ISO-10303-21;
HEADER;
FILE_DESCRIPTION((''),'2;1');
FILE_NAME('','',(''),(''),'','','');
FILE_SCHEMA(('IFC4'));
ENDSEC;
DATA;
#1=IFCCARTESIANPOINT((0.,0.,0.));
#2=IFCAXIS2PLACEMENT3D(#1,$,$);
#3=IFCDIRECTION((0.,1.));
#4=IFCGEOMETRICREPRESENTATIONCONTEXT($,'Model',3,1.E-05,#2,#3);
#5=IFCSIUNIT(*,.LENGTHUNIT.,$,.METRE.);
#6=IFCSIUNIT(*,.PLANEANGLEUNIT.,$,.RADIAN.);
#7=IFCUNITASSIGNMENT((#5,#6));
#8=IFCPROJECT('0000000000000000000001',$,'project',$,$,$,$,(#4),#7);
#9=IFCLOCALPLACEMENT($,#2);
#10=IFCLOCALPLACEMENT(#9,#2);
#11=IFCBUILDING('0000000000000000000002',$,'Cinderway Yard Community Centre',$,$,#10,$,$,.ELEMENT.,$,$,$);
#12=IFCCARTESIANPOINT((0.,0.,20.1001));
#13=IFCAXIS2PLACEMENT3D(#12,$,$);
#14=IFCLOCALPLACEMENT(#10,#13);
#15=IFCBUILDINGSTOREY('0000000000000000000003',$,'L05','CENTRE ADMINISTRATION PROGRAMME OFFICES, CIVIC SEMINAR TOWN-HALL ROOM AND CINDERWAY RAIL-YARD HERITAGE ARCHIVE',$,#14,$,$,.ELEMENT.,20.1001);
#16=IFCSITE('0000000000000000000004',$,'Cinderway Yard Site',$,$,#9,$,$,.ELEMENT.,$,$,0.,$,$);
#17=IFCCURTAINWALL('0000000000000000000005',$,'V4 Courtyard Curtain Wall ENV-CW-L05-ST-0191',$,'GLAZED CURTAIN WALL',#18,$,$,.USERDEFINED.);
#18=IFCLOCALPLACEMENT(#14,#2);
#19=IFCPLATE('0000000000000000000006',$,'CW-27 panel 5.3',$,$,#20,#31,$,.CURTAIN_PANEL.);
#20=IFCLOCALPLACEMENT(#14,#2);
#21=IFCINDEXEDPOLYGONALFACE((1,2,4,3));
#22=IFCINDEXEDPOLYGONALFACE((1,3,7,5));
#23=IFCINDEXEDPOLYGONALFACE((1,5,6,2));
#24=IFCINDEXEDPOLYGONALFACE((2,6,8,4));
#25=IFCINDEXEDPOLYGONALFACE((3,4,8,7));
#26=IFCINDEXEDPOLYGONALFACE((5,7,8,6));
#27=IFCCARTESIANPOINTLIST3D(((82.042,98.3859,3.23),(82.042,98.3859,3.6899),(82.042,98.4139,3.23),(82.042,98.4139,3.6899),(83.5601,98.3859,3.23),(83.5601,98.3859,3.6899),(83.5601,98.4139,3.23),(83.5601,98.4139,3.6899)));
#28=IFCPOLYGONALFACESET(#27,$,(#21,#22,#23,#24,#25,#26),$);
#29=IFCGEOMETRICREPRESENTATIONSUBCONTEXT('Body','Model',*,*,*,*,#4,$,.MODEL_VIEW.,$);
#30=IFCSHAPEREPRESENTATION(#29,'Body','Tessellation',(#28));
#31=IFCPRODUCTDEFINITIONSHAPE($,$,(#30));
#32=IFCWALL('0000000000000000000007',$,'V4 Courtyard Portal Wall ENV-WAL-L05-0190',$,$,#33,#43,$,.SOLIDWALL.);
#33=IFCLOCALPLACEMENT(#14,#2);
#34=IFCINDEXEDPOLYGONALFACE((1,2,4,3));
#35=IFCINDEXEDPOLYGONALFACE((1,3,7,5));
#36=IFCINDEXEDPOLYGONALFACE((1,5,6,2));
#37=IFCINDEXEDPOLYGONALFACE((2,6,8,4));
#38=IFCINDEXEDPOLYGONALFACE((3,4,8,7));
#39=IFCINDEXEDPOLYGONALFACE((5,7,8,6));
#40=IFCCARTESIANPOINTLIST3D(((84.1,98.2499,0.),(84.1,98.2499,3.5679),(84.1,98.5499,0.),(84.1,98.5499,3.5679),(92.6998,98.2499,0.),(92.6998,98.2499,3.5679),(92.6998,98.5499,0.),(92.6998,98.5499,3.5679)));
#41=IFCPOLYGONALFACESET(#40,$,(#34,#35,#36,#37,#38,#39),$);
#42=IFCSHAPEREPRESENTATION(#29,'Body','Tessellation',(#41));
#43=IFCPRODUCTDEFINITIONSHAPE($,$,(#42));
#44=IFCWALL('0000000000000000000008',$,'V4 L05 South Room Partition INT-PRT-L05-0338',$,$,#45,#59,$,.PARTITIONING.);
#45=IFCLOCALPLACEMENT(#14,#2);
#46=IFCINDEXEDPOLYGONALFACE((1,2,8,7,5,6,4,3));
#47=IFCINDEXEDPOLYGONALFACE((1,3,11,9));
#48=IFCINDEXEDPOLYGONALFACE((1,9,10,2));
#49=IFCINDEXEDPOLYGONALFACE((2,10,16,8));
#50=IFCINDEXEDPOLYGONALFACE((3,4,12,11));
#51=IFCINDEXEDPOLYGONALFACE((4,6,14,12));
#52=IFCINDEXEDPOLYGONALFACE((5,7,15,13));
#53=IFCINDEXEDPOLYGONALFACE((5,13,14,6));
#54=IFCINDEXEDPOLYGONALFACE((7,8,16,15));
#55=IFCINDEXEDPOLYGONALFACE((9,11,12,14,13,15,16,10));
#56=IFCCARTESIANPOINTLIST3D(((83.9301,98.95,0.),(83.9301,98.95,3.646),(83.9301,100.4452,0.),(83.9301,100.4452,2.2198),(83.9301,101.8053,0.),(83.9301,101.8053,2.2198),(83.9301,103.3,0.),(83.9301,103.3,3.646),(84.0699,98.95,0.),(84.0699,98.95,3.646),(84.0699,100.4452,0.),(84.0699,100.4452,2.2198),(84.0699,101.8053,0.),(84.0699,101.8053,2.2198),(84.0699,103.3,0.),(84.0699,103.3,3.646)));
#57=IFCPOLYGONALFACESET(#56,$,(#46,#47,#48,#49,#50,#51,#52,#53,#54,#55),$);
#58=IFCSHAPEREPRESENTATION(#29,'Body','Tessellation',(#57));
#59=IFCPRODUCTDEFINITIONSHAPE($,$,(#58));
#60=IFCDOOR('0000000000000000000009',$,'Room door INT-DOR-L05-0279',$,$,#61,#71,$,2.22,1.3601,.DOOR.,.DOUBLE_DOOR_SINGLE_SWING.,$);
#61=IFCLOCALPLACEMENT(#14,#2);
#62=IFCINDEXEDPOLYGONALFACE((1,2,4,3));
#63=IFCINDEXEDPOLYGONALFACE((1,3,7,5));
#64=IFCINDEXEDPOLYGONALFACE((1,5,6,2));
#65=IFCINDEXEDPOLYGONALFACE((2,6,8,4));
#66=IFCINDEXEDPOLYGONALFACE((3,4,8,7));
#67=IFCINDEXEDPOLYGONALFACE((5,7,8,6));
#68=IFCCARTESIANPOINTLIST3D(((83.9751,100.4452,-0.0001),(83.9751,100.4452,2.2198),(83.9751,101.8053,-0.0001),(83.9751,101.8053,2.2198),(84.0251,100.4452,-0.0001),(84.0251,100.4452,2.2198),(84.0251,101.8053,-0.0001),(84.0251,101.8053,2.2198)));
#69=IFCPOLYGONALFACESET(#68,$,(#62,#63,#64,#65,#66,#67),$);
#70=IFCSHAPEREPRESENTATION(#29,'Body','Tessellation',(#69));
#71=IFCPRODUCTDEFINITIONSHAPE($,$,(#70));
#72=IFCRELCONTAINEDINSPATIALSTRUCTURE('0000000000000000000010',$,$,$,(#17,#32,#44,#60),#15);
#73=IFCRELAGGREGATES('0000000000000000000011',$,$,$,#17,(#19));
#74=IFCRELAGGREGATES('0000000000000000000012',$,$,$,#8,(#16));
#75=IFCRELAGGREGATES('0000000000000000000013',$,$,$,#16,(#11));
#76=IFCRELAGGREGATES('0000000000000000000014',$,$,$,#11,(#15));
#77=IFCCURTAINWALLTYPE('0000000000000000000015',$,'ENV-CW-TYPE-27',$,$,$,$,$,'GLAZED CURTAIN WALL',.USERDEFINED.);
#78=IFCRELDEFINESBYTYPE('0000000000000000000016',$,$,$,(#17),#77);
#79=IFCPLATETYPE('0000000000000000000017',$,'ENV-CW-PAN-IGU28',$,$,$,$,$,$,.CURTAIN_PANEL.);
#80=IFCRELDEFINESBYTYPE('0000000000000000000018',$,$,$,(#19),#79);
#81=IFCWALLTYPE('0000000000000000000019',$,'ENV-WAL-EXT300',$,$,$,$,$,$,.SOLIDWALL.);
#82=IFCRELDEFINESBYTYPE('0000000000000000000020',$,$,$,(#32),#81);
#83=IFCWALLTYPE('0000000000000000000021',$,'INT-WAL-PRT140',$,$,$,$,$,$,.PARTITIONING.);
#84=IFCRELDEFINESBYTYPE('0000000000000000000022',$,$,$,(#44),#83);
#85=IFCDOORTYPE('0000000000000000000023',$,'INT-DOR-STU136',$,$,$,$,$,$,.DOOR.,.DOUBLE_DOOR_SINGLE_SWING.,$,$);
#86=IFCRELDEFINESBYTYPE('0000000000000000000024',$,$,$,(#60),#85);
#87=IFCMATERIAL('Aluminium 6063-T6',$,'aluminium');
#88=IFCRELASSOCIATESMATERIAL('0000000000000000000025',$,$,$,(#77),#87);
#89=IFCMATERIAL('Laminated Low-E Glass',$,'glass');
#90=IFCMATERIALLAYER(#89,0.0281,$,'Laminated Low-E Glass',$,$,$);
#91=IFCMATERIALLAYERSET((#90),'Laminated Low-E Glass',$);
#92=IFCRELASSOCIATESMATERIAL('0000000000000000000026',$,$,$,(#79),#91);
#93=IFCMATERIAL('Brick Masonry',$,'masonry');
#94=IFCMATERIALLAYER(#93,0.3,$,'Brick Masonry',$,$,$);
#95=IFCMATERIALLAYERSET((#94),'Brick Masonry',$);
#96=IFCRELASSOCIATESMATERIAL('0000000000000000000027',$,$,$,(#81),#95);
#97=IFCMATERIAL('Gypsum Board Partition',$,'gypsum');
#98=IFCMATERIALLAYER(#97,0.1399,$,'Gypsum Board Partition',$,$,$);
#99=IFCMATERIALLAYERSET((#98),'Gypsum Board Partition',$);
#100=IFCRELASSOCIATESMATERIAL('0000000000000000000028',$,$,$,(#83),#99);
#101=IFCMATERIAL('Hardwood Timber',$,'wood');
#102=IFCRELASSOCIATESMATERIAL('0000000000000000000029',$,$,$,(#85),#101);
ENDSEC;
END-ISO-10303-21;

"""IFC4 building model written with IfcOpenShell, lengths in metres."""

from ifc_helpers import new_model, si_unit, direction, frame, frame_2d, origin, origin_2d, place, context, subcontext, project, spatial, rectangle, extrude, material, layer, layer_set, type_object, element, fill, aggregate, save


model = new_model("IFC4")

# Units and contexts
model_context = context("Model", 3, precision=1e-05, world=origin(), true_north=direction((0.0, 1.0)))
body_context = subcontext(model_context, "Body", "Model", "MODEL_VIEW")
ifc_project = project(units=[si_unit("LENGTHUNIT", "METRE"), si_unit("PLANEANGLEUNIT", "RADIAN")], contexts=[model_context])

# Site, building, storey
site_placement = place(None, origin())
site = spatial("IfcSite", under=ifc_project, at=site_placement, Name="Cinderway Yard Site", CompositionType="ELEMENT", RefElevation=0.0)
building_placement = place(site_placement, origin())
building = spatial("IfcBuilding", under=site, at=building_placement, Name="Cinderway Yard Community Centre", CompositionType="ELEMENT")
storey_placement = place(building_placement, frame((0.0, 0.0, 20.1001)))
storey = spatial("IfcBuildingStorey", under=building, at=storey_placement, Name="L05", Description="CENTRE ADMINISTRATION PROGRAMME OFFICES, CIVIC SEMINAR TOWN-HALL ROOM AND CINDERWAY RAIL-YARD HERITAGE ARCHIVE", CompositionType="ELEMENT", Elevation=20.1001)

# Curtain wall
ifc_material_1 = material(Name="Aluminium 6063-T6", Category="aluminium")
curtain_wall_type = type_object("IfcCurtainWallType", Name="ENV-CW-TYPE-27", ElementType="GLAZED CURTAIN WALL", PredefinedType="USERDEFINED", material=ifc_material_1)
curtain_wall_placement = place(storey_placement, origin())
curtain_wall = element("IfcCurtainWall", 1, at=curtain_wall_placement, inside=storey, type_object=curtain_wall_type, Name="V4 Courtyard Curtain Wall ENV-CW-L05-ST-0191", ObjectType="GLAZED CURTAIN WALL", PredefinedType="USERDEFINED")

# Plate
ifc_material_2 = material(Name="Laminated Low-E Glass", Category="glass")
ifc_layer_1 = layer(ifc_material_2, 0.0281, Name="Laminated Low-E Glass")
ifc_layer_set_1 = layer_set([ifc_layer_1], Name="Laminated Low-E Glass")
plate_type = type_object("IfcPlateType", Name="ENV-CW-PAN-IGU28", PredefinedType="CURTAIN_PANEL", material=ifc_layer_set_1)
plate_1_placement = place(storey_placement, frame((82.801, 98.3999, 3.23), z_axis=(0.0, 0.0, 1.0), x_axis=(1.0, 0.0, 0.0)))
plate_1 = element("IfcPlate", 2, at=plate_1_placement, type_object=plate_type, Name="CW-27 panel 5.3", PredefinedType="CURTAIN_PANEL", context=body_context, shape_type="SweptSolid", body=[
    extrude(rectangle(XDim=1.5181, YDim=0.0281, at=origin_2d()), origin(), (0.0, 0.0, 1.0), 0.46),
])
aggregate(curtain_wall, [plate_1])

# Wall
ifc_material_3 = material(Name="Brick Masonry", Category="masonry")
ifc_layer_2 = layer(ifc_material_3, 0.3, Name="Brick Masonry")
ifc_layer_set_2 = layer_set([ifc_layer_2], Name="Brick Masonry")
wall_type_1 = type_object("IfcWallType", Name="ENV-WAL-EXT300", PredefinedType="SOLIDWALL", material=ifc_layer_set_2)
wall_1_placement = place(storey_placement, frame((84.1001, 98.3999, 0.0), z_axis=(0.0, 0.0, 1.0), x_axis=(1.0, 0.0, 0.0)))
element("IfcWall", 3, at=wall_1_placement, inside=storey, type_object=wall_type_1, Name="V4 Courtyard Portal Wall ENV-WAL-L05-0190", PredefinedType="SOLIDWALL", context=body_context, shape_type="SweptSolid", body=[
    extrude(rectangle(XDim=8.5999, YDim=0.3, at=frame_2d((4.2998, 0.0))), origin(), (0.0, 0.0, 1.0), 3.5679),
])

# Wall, opening, door
ifc_material_4 = material(Name="Gypsum Board Partition", Category="gypsum")
ifc_layer_3 = layer(ifc_material_4, 0.1399, Name="Gypsum Board Partition")
ifc_layer_set_3 = layer_set([ifc_layer_3], Name="Gypsum Board Partition")
wall_type_2 = type_object("IfcWallType", Name="INT-WAL-PRT140", PredefinedType="PARTITIONING", material=ifc_layer_set_3)
wall_2_placement = place(storey_placement, frame((84.0, 98.95, 0.0), z_axis=(0.0, 0.0, 1.0), x_axis=(0.0, 1.0, 0.0)))
wall_2 = element("IfcWall", 4, at=wall_2_placement, inside=storey, type_object=wall_type_2, Name="V4 L05 South Room Partition INT-PRT-L05-0338", PredefinedType="PARTITIONING", context=body_context, shape_type="SweptSolid", body=[
    extrude(rectangle(XDim=4.3501, YDim=0.1399, at=frame_2d((2.175, 0.0))), origin(), (0.0, 0.0, 1.0), 3.646),
])
opening_placement = place(wall_2_placement, frame((1.4951, 0.0, 0.0)))
opening = element("IfcOpeningElement", 5, at=opening_placement, cuts=wall_2, PredefinedType="OPENING", context=body_context, shape_type="SweptSolid", body=[
    extrude(rectangle(XDim=1.3601, YDim=2.22, at=frame_2d((0.6802, 1.1099))), frame((0.0, 0.0798, 0.0), z_axis=(0.0, -1.0, 0.0), x_axis=(1.0, 0.0, 0.0)), (0.0, 0.0, 1.0), 0.1599),
])
ifc_material_5 = material(Name="Hardwood Timber", Category="wood")
door_type = type_object("IfcDoorType", Name="INT-DOR-STU136", OperationType="DOUBLE_DOOR_SINGLE_SWING", PredefinedType="DOOR", material=ifc_material_5)
door_placement = place(opening_placement, origin())
door = element("IfcDoor", 6, at=door_placement, inside=storey, type_object=door_type, Name="Room door INT-DOR-L05-0279", OperationType="DOUBLE_DOOR_SINGLE_SWING", OverallHeight=2.22, OverallWidth=1.3601, PredefinedType="DOOR", context=body_context, shape_type="SweptSolid", body=[
    extrude(rectangle(XDim=1.3601, YDim=2.22, at=frame_2d((0.6802, 1.1099))), frame((0.0, 0.0249, 0.0), z_axis=(0.0, -1.0, 0.0), x_axis=(1.0, 0.0, 0.0)), (0.0, 0.0, 1.0), 0.05),
])
fill(opening, door)

save(model, "model.ifc")
